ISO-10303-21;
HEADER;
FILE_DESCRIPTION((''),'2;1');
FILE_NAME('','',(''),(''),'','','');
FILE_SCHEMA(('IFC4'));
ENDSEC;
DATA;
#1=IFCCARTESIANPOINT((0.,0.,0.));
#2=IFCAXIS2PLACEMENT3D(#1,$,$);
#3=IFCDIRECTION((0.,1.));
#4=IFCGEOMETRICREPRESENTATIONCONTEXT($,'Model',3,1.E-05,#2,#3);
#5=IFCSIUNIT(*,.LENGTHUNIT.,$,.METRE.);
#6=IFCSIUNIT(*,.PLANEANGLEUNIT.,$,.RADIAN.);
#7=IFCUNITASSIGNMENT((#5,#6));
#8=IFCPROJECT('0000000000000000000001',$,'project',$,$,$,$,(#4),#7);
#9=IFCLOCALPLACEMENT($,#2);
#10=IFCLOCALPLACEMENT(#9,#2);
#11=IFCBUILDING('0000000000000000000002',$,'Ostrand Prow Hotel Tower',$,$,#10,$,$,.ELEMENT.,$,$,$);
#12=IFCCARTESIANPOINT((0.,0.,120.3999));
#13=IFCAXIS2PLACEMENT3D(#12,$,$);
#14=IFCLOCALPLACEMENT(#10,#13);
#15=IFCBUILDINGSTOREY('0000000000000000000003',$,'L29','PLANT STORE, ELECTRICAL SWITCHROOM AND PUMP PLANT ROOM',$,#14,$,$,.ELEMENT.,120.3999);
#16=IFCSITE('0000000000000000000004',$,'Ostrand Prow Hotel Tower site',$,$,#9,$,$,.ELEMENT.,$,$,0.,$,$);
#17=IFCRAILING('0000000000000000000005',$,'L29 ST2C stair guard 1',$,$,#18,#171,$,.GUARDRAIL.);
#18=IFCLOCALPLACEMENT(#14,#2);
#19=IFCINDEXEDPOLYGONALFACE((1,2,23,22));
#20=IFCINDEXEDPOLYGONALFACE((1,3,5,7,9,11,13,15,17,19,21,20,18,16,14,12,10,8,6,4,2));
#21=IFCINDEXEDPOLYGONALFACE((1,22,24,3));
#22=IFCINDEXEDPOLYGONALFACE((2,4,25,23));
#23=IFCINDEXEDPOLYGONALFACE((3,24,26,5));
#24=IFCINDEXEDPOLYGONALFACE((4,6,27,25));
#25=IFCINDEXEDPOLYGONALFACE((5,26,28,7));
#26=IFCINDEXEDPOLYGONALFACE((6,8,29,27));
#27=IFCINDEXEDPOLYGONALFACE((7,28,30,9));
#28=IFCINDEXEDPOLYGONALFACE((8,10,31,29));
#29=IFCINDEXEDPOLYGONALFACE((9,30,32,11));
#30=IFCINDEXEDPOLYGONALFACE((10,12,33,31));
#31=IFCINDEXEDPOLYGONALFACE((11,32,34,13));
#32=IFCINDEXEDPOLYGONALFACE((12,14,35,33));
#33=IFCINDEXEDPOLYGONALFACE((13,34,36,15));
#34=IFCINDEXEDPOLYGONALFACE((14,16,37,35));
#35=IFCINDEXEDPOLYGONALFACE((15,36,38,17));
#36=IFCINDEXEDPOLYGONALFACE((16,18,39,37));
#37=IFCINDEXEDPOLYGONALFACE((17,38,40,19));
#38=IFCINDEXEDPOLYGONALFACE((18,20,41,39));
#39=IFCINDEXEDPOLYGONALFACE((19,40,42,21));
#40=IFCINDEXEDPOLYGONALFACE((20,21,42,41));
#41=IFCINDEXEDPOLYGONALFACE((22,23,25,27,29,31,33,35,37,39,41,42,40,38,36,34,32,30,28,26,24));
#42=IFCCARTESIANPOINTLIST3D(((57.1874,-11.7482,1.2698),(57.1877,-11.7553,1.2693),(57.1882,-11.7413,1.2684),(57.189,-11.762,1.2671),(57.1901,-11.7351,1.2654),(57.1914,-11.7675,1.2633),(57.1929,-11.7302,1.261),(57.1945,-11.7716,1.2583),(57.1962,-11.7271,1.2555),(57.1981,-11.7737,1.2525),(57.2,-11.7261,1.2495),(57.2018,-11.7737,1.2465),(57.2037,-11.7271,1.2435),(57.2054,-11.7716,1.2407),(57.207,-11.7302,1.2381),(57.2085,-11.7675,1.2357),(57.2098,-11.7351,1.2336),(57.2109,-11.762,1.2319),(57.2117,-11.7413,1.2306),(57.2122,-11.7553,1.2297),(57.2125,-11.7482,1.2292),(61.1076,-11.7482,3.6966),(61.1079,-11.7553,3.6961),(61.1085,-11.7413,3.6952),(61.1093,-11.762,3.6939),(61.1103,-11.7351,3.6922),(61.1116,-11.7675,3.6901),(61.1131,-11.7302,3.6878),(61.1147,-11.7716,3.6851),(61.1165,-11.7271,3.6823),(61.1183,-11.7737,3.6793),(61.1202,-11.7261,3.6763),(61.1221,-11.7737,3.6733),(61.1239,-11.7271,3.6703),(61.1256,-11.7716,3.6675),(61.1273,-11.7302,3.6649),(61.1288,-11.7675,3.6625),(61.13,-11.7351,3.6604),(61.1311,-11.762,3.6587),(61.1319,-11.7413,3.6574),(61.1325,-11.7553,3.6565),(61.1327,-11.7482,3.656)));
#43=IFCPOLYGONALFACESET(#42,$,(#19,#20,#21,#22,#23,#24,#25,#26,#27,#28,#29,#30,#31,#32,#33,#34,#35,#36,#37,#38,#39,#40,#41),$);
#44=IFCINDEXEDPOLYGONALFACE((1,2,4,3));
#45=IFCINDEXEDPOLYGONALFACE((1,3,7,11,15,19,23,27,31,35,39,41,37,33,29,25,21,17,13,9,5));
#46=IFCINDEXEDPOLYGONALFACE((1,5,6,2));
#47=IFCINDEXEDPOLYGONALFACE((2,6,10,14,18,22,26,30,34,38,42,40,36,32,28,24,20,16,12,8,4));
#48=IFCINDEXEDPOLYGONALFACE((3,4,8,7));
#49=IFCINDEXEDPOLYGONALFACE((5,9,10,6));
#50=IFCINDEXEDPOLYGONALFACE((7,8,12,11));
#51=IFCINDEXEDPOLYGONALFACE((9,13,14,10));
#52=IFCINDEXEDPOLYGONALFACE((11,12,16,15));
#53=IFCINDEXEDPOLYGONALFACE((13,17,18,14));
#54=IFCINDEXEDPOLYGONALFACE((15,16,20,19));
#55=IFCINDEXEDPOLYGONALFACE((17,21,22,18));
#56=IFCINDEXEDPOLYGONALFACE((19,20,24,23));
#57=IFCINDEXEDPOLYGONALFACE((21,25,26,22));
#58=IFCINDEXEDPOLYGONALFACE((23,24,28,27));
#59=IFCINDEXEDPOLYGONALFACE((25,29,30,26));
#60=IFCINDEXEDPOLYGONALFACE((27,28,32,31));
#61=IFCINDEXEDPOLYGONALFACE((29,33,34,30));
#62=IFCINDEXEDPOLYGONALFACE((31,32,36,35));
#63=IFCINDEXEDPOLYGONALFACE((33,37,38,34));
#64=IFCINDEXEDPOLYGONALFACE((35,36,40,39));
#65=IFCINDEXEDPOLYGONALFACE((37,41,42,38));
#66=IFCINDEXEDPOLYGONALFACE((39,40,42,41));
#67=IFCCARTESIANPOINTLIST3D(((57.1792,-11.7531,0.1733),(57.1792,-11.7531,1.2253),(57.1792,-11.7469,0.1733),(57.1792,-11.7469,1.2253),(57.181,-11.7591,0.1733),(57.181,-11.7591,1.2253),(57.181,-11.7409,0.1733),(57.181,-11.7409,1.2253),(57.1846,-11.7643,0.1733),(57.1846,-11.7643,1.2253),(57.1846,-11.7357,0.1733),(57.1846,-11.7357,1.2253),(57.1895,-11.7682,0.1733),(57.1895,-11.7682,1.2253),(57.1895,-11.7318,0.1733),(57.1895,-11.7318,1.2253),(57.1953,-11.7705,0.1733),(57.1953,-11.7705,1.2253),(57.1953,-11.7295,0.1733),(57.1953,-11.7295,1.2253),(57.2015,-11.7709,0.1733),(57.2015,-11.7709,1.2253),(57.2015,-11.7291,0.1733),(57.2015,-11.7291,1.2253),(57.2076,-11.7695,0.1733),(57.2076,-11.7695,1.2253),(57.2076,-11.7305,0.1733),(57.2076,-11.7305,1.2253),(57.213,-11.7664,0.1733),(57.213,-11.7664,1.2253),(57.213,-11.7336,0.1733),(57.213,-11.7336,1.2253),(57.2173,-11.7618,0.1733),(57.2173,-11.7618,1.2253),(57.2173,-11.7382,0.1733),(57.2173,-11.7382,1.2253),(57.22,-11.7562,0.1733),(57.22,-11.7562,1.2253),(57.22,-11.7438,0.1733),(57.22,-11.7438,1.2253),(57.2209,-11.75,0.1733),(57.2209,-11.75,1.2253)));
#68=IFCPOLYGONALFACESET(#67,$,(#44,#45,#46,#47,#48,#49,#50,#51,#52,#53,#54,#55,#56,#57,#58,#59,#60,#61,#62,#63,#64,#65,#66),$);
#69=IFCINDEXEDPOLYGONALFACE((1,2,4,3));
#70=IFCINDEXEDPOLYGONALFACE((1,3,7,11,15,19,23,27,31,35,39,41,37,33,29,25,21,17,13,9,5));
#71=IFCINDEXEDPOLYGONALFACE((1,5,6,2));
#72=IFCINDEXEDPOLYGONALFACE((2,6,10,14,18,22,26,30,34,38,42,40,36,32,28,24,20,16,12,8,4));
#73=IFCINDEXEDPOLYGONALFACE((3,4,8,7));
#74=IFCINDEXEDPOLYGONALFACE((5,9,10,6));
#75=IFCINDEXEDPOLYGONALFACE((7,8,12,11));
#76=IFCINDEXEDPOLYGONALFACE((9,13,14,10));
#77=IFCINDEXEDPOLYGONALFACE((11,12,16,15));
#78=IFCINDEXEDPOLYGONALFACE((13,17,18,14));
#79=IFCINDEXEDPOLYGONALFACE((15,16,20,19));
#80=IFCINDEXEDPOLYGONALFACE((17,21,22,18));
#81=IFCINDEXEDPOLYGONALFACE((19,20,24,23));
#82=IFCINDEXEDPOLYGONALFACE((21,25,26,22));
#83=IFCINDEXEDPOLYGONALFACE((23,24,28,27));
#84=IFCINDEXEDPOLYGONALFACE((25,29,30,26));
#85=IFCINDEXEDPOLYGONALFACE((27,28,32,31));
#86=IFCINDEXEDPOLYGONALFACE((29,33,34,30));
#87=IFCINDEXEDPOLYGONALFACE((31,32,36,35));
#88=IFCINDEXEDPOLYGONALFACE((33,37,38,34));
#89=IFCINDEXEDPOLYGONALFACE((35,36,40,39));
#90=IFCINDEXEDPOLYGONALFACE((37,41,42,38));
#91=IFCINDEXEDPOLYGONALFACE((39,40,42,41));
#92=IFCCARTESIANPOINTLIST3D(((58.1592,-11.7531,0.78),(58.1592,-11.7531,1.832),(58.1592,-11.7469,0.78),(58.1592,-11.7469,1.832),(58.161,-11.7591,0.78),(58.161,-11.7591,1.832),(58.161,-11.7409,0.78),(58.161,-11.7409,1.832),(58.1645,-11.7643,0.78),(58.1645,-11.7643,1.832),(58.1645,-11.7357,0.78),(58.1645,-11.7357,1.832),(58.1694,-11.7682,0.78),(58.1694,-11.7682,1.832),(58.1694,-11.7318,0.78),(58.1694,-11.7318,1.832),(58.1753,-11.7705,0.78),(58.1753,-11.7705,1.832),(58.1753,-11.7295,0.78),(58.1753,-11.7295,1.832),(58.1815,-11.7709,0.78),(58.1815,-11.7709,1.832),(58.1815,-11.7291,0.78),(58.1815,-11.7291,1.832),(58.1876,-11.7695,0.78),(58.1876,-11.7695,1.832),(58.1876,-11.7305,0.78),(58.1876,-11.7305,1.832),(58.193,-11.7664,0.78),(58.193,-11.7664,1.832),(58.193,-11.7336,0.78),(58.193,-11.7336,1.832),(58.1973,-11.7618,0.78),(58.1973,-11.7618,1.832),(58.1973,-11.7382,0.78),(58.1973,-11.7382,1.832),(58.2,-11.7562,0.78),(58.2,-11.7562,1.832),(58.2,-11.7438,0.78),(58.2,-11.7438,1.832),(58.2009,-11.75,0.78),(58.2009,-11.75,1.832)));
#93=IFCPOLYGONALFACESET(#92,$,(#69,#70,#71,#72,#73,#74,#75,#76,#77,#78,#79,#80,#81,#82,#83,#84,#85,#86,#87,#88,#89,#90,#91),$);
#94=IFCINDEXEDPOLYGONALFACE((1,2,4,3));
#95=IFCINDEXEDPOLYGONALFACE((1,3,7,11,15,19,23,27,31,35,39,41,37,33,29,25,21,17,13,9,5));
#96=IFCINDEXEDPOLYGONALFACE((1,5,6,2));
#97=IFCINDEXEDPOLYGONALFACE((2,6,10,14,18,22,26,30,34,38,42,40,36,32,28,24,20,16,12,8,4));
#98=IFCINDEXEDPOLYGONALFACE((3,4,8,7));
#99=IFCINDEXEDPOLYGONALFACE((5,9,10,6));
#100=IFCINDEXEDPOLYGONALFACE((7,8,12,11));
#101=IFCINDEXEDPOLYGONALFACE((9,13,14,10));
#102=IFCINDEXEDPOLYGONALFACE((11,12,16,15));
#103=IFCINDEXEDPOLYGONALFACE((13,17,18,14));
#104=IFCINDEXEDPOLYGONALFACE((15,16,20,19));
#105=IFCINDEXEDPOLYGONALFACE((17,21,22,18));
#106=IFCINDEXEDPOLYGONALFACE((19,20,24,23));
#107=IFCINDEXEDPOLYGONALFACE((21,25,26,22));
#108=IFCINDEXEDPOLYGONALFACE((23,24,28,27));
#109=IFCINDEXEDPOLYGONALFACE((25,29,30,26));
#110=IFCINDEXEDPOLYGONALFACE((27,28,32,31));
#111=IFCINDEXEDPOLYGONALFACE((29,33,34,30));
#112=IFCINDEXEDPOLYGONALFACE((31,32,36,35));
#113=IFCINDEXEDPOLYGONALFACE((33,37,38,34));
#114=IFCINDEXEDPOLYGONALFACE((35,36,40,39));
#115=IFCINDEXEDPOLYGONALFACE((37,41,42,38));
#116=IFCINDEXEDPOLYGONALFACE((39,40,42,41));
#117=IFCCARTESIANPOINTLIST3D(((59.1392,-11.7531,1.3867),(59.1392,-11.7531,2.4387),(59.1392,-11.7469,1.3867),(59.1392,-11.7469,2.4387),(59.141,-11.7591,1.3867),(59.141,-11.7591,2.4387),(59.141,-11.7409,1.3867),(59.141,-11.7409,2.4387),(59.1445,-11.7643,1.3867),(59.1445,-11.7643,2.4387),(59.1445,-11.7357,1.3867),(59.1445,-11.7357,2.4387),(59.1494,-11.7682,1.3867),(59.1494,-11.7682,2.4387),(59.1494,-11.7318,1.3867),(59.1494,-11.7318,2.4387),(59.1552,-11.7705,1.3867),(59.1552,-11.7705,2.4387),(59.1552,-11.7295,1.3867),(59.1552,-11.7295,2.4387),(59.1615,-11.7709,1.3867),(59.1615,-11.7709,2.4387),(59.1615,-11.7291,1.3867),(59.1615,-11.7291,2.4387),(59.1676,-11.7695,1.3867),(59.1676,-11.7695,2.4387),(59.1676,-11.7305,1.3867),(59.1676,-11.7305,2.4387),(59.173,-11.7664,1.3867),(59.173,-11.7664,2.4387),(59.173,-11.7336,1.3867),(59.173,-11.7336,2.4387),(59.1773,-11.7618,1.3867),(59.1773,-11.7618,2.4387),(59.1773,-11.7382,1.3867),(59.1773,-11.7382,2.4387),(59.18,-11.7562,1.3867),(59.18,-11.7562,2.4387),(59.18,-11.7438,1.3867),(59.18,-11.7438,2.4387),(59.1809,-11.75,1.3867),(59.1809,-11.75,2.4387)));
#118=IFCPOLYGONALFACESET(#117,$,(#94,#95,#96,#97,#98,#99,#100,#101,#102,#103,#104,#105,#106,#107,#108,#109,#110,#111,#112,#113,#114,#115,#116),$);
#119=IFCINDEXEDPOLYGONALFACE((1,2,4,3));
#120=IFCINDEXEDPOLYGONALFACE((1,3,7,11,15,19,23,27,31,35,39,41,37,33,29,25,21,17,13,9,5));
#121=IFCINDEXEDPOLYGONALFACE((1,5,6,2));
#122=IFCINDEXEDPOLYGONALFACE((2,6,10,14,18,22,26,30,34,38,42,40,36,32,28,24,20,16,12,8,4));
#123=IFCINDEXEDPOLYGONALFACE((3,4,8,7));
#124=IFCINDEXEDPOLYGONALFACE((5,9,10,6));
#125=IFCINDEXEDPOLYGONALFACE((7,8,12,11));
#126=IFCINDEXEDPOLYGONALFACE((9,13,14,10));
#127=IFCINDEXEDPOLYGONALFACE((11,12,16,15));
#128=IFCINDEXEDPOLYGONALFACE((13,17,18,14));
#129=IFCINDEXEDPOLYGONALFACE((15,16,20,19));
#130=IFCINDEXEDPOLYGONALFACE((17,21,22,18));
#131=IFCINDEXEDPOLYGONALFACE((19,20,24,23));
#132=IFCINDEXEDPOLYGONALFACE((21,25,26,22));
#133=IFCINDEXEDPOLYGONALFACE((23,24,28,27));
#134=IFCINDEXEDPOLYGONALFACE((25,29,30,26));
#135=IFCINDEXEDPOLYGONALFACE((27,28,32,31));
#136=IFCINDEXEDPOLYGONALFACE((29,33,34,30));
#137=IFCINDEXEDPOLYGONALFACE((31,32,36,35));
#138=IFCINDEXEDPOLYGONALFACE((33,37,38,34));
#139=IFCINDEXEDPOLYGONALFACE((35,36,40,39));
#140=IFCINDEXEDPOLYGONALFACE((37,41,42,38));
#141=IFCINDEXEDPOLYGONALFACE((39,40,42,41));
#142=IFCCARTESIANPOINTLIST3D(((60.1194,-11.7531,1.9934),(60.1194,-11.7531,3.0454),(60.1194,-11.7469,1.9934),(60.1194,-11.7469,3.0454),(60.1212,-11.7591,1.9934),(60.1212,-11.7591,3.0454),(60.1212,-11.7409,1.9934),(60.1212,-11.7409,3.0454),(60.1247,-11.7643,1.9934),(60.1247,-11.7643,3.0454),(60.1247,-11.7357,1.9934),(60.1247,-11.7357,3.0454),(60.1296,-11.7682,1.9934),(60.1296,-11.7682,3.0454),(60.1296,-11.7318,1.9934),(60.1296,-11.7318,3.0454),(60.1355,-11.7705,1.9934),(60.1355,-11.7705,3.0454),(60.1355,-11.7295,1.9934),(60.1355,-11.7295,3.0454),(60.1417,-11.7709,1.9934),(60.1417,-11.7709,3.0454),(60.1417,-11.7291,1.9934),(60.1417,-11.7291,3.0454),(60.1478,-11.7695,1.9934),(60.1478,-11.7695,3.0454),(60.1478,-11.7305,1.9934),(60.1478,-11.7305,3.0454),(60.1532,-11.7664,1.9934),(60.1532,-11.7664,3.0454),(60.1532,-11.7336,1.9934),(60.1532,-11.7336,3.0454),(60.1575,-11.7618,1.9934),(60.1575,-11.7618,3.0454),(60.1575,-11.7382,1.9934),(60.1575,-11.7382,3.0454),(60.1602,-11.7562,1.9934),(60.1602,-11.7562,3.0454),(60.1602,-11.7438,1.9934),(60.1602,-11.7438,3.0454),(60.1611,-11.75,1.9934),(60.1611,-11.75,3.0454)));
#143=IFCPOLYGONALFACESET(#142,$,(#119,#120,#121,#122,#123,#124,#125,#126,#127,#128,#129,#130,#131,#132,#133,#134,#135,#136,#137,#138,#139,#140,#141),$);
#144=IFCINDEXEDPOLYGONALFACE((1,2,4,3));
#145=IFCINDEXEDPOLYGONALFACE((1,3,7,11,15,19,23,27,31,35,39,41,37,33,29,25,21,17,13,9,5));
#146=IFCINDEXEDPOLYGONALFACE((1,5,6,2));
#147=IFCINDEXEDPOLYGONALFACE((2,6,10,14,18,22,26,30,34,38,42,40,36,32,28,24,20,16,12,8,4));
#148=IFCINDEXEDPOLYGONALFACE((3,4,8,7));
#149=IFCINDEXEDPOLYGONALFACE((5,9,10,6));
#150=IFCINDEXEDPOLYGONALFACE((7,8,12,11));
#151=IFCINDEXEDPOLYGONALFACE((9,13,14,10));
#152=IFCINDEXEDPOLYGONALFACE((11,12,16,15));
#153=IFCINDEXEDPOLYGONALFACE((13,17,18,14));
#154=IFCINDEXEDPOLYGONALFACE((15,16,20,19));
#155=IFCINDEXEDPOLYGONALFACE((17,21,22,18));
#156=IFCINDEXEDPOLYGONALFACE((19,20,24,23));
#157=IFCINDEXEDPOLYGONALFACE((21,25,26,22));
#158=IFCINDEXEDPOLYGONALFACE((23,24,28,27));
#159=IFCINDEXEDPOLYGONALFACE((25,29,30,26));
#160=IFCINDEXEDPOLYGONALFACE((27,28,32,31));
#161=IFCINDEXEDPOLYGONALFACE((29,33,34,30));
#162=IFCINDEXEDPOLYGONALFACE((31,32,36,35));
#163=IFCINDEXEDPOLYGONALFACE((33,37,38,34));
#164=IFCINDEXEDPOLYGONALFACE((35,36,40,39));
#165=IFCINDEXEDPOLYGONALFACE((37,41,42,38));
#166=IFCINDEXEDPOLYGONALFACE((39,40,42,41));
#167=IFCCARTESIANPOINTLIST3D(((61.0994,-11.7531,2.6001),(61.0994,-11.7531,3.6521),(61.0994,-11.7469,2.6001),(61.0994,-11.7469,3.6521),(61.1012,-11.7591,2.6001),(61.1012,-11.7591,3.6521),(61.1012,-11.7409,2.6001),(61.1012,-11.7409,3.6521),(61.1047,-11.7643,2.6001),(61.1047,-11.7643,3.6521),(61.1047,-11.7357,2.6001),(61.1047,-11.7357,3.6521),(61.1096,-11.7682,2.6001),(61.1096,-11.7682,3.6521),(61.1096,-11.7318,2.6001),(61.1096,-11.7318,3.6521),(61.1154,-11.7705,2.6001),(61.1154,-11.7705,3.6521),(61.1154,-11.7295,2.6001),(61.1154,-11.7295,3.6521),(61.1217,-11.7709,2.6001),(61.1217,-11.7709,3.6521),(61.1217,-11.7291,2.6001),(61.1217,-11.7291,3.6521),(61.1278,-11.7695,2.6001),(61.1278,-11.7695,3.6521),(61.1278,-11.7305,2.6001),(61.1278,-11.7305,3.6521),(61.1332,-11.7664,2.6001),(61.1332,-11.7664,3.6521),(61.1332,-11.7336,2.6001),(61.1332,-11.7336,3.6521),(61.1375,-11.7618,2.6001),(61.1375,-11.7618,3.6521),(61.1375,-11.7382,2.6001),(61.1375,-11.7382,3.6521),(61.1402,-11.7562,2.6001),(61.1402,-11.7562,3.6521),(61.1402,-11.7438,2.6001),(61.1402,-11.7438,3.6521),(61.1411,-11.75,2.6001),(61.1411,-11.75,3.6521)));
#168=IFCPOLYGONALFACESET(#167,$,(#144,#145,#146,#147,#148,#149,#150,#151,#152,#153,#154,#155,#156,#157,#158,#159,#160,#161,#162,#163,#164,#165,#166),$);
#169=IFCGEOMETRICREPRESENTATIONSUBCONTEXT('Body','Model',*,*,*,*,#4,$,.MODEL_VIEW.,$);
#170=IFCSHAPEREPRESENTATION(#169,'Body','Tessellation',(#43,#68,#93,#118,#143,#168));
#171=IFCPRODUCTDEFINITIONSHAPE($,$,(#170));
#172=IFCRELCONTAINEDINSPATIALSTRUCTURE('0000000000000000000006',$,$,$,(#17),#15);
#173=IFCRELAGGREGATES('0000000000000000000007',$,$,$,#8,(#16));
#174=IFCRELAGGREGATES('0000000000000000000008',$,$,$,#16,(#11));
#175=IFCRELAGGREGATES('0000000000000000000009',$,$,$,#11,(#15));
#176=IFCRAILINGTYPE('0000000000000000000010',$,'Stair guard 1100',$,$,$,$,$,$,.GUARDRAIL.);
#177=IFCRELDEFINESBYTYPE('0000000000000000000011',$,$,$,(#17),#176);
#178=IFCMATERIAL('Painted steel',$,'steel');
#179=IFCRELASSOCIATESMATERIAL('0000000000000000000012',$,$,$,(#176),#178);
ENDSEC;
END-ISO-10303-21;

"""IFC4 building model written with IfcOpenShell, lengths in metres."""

from ifc_helpers import new_model, si_unit, direction, frame, origin, origin_2d, place, context, subcontext, project, spatial, circle, extrude, material, type_object, element, save


model = new_model("IFC4")

# Units and contexts
model_context = context("Model", 3, precision=1e-05, world=origin(), true_north=direction((0.0, 1.0)))
body_context = subcontext(model_context, "Body", "Model", "MODEL_VIEW")
ifc_project = project(units=[si_unit("LENGTHUNIT", "METRE"), si_unit("PLANEANGLEUNIT", "RADIAN")], contexts=[model_context])

# Site, building, storey
site_placement = place(None, origin())
site = spatial("IfcSite", under=ifc_project, at=site_placement, Name="Ostrand Prow Hotel Tower site", CompositionType="ELEMENT", RefElevation=0.0)
building_placement = place(site_placement, origin())
building = spatial("IfcBuilding", under=site, at=building_placement, Name="Ostrand Prow Hotel Tower", CompositionType="ELEMENT")
storey_placement = place(building_placement, frame((0.0, 0.0, 120.3999)))
storey = spatial("IfcBuildingStorey", under=building, at=storey_placement, Name="L29", Description="PLANT STORE, ELECTRICAL SWITCHROOM AND PUMP PLANT ROOM", CompositionType="ELEMENT", Elevation=120.3999)

# Railing
ifc_material_1 = material(Name="Painted steel", Category="steel")
railing_type_1 = type_object("IfcRailingType", Name="Stair guard 1100", PredefinedType="GUARDRAIL", material=ifc_material_1)
railing_1_placement = place(storey_placement, frame((57.2, -11.75, 0.1733)))
element("IfcRailing", 1, at=railing_1_placement, inside=storey, type_object=railing_type_1, Name="L29 ST2C stair guard 1", PredefinedType="GUARDRAIL", context=body_context, shape_type="SweptSolid", body=[
    extrude(circle(Radius=0.0239, at=origin_2d()), frame((0.0, 0.0, 1.0762), z_axis=(0.850266, 0.0, 0.526353), x_axis=(0.0, 1.0, 0.0)), (0.0, 0.0, 1.0), 4.6106),
    extrude(circle(Radius=0.021, at=origin_2d()), origin(), (0.0, 0.0, 1.0), 1.052),
    extrude(circle(Radius=0.021, at=origin_2d()), frame((0.98, 0.0, 0.6067)), (0.0, 0.0, 1.0), 1.052),
    extrude(circle(Radius=0.021, at=origin_2d()), frame((1.96, 0.0, 1.2134)), (0.0, 0.0, 1.0), 1.052),
    extrude(circle(Radius=0.021, at=origin_2d()), frame((2.9402, 0.0, 1.8201)), (0.0, 0.0, 1.0), 1.052),
    extrude(circle(Radius=0.021, at=origin_2d()), frame((3.9202, 0.0, 2.4268)), (0.0, 0.0, 1.0), 1.052),
])

save(model, "model.ifc")
